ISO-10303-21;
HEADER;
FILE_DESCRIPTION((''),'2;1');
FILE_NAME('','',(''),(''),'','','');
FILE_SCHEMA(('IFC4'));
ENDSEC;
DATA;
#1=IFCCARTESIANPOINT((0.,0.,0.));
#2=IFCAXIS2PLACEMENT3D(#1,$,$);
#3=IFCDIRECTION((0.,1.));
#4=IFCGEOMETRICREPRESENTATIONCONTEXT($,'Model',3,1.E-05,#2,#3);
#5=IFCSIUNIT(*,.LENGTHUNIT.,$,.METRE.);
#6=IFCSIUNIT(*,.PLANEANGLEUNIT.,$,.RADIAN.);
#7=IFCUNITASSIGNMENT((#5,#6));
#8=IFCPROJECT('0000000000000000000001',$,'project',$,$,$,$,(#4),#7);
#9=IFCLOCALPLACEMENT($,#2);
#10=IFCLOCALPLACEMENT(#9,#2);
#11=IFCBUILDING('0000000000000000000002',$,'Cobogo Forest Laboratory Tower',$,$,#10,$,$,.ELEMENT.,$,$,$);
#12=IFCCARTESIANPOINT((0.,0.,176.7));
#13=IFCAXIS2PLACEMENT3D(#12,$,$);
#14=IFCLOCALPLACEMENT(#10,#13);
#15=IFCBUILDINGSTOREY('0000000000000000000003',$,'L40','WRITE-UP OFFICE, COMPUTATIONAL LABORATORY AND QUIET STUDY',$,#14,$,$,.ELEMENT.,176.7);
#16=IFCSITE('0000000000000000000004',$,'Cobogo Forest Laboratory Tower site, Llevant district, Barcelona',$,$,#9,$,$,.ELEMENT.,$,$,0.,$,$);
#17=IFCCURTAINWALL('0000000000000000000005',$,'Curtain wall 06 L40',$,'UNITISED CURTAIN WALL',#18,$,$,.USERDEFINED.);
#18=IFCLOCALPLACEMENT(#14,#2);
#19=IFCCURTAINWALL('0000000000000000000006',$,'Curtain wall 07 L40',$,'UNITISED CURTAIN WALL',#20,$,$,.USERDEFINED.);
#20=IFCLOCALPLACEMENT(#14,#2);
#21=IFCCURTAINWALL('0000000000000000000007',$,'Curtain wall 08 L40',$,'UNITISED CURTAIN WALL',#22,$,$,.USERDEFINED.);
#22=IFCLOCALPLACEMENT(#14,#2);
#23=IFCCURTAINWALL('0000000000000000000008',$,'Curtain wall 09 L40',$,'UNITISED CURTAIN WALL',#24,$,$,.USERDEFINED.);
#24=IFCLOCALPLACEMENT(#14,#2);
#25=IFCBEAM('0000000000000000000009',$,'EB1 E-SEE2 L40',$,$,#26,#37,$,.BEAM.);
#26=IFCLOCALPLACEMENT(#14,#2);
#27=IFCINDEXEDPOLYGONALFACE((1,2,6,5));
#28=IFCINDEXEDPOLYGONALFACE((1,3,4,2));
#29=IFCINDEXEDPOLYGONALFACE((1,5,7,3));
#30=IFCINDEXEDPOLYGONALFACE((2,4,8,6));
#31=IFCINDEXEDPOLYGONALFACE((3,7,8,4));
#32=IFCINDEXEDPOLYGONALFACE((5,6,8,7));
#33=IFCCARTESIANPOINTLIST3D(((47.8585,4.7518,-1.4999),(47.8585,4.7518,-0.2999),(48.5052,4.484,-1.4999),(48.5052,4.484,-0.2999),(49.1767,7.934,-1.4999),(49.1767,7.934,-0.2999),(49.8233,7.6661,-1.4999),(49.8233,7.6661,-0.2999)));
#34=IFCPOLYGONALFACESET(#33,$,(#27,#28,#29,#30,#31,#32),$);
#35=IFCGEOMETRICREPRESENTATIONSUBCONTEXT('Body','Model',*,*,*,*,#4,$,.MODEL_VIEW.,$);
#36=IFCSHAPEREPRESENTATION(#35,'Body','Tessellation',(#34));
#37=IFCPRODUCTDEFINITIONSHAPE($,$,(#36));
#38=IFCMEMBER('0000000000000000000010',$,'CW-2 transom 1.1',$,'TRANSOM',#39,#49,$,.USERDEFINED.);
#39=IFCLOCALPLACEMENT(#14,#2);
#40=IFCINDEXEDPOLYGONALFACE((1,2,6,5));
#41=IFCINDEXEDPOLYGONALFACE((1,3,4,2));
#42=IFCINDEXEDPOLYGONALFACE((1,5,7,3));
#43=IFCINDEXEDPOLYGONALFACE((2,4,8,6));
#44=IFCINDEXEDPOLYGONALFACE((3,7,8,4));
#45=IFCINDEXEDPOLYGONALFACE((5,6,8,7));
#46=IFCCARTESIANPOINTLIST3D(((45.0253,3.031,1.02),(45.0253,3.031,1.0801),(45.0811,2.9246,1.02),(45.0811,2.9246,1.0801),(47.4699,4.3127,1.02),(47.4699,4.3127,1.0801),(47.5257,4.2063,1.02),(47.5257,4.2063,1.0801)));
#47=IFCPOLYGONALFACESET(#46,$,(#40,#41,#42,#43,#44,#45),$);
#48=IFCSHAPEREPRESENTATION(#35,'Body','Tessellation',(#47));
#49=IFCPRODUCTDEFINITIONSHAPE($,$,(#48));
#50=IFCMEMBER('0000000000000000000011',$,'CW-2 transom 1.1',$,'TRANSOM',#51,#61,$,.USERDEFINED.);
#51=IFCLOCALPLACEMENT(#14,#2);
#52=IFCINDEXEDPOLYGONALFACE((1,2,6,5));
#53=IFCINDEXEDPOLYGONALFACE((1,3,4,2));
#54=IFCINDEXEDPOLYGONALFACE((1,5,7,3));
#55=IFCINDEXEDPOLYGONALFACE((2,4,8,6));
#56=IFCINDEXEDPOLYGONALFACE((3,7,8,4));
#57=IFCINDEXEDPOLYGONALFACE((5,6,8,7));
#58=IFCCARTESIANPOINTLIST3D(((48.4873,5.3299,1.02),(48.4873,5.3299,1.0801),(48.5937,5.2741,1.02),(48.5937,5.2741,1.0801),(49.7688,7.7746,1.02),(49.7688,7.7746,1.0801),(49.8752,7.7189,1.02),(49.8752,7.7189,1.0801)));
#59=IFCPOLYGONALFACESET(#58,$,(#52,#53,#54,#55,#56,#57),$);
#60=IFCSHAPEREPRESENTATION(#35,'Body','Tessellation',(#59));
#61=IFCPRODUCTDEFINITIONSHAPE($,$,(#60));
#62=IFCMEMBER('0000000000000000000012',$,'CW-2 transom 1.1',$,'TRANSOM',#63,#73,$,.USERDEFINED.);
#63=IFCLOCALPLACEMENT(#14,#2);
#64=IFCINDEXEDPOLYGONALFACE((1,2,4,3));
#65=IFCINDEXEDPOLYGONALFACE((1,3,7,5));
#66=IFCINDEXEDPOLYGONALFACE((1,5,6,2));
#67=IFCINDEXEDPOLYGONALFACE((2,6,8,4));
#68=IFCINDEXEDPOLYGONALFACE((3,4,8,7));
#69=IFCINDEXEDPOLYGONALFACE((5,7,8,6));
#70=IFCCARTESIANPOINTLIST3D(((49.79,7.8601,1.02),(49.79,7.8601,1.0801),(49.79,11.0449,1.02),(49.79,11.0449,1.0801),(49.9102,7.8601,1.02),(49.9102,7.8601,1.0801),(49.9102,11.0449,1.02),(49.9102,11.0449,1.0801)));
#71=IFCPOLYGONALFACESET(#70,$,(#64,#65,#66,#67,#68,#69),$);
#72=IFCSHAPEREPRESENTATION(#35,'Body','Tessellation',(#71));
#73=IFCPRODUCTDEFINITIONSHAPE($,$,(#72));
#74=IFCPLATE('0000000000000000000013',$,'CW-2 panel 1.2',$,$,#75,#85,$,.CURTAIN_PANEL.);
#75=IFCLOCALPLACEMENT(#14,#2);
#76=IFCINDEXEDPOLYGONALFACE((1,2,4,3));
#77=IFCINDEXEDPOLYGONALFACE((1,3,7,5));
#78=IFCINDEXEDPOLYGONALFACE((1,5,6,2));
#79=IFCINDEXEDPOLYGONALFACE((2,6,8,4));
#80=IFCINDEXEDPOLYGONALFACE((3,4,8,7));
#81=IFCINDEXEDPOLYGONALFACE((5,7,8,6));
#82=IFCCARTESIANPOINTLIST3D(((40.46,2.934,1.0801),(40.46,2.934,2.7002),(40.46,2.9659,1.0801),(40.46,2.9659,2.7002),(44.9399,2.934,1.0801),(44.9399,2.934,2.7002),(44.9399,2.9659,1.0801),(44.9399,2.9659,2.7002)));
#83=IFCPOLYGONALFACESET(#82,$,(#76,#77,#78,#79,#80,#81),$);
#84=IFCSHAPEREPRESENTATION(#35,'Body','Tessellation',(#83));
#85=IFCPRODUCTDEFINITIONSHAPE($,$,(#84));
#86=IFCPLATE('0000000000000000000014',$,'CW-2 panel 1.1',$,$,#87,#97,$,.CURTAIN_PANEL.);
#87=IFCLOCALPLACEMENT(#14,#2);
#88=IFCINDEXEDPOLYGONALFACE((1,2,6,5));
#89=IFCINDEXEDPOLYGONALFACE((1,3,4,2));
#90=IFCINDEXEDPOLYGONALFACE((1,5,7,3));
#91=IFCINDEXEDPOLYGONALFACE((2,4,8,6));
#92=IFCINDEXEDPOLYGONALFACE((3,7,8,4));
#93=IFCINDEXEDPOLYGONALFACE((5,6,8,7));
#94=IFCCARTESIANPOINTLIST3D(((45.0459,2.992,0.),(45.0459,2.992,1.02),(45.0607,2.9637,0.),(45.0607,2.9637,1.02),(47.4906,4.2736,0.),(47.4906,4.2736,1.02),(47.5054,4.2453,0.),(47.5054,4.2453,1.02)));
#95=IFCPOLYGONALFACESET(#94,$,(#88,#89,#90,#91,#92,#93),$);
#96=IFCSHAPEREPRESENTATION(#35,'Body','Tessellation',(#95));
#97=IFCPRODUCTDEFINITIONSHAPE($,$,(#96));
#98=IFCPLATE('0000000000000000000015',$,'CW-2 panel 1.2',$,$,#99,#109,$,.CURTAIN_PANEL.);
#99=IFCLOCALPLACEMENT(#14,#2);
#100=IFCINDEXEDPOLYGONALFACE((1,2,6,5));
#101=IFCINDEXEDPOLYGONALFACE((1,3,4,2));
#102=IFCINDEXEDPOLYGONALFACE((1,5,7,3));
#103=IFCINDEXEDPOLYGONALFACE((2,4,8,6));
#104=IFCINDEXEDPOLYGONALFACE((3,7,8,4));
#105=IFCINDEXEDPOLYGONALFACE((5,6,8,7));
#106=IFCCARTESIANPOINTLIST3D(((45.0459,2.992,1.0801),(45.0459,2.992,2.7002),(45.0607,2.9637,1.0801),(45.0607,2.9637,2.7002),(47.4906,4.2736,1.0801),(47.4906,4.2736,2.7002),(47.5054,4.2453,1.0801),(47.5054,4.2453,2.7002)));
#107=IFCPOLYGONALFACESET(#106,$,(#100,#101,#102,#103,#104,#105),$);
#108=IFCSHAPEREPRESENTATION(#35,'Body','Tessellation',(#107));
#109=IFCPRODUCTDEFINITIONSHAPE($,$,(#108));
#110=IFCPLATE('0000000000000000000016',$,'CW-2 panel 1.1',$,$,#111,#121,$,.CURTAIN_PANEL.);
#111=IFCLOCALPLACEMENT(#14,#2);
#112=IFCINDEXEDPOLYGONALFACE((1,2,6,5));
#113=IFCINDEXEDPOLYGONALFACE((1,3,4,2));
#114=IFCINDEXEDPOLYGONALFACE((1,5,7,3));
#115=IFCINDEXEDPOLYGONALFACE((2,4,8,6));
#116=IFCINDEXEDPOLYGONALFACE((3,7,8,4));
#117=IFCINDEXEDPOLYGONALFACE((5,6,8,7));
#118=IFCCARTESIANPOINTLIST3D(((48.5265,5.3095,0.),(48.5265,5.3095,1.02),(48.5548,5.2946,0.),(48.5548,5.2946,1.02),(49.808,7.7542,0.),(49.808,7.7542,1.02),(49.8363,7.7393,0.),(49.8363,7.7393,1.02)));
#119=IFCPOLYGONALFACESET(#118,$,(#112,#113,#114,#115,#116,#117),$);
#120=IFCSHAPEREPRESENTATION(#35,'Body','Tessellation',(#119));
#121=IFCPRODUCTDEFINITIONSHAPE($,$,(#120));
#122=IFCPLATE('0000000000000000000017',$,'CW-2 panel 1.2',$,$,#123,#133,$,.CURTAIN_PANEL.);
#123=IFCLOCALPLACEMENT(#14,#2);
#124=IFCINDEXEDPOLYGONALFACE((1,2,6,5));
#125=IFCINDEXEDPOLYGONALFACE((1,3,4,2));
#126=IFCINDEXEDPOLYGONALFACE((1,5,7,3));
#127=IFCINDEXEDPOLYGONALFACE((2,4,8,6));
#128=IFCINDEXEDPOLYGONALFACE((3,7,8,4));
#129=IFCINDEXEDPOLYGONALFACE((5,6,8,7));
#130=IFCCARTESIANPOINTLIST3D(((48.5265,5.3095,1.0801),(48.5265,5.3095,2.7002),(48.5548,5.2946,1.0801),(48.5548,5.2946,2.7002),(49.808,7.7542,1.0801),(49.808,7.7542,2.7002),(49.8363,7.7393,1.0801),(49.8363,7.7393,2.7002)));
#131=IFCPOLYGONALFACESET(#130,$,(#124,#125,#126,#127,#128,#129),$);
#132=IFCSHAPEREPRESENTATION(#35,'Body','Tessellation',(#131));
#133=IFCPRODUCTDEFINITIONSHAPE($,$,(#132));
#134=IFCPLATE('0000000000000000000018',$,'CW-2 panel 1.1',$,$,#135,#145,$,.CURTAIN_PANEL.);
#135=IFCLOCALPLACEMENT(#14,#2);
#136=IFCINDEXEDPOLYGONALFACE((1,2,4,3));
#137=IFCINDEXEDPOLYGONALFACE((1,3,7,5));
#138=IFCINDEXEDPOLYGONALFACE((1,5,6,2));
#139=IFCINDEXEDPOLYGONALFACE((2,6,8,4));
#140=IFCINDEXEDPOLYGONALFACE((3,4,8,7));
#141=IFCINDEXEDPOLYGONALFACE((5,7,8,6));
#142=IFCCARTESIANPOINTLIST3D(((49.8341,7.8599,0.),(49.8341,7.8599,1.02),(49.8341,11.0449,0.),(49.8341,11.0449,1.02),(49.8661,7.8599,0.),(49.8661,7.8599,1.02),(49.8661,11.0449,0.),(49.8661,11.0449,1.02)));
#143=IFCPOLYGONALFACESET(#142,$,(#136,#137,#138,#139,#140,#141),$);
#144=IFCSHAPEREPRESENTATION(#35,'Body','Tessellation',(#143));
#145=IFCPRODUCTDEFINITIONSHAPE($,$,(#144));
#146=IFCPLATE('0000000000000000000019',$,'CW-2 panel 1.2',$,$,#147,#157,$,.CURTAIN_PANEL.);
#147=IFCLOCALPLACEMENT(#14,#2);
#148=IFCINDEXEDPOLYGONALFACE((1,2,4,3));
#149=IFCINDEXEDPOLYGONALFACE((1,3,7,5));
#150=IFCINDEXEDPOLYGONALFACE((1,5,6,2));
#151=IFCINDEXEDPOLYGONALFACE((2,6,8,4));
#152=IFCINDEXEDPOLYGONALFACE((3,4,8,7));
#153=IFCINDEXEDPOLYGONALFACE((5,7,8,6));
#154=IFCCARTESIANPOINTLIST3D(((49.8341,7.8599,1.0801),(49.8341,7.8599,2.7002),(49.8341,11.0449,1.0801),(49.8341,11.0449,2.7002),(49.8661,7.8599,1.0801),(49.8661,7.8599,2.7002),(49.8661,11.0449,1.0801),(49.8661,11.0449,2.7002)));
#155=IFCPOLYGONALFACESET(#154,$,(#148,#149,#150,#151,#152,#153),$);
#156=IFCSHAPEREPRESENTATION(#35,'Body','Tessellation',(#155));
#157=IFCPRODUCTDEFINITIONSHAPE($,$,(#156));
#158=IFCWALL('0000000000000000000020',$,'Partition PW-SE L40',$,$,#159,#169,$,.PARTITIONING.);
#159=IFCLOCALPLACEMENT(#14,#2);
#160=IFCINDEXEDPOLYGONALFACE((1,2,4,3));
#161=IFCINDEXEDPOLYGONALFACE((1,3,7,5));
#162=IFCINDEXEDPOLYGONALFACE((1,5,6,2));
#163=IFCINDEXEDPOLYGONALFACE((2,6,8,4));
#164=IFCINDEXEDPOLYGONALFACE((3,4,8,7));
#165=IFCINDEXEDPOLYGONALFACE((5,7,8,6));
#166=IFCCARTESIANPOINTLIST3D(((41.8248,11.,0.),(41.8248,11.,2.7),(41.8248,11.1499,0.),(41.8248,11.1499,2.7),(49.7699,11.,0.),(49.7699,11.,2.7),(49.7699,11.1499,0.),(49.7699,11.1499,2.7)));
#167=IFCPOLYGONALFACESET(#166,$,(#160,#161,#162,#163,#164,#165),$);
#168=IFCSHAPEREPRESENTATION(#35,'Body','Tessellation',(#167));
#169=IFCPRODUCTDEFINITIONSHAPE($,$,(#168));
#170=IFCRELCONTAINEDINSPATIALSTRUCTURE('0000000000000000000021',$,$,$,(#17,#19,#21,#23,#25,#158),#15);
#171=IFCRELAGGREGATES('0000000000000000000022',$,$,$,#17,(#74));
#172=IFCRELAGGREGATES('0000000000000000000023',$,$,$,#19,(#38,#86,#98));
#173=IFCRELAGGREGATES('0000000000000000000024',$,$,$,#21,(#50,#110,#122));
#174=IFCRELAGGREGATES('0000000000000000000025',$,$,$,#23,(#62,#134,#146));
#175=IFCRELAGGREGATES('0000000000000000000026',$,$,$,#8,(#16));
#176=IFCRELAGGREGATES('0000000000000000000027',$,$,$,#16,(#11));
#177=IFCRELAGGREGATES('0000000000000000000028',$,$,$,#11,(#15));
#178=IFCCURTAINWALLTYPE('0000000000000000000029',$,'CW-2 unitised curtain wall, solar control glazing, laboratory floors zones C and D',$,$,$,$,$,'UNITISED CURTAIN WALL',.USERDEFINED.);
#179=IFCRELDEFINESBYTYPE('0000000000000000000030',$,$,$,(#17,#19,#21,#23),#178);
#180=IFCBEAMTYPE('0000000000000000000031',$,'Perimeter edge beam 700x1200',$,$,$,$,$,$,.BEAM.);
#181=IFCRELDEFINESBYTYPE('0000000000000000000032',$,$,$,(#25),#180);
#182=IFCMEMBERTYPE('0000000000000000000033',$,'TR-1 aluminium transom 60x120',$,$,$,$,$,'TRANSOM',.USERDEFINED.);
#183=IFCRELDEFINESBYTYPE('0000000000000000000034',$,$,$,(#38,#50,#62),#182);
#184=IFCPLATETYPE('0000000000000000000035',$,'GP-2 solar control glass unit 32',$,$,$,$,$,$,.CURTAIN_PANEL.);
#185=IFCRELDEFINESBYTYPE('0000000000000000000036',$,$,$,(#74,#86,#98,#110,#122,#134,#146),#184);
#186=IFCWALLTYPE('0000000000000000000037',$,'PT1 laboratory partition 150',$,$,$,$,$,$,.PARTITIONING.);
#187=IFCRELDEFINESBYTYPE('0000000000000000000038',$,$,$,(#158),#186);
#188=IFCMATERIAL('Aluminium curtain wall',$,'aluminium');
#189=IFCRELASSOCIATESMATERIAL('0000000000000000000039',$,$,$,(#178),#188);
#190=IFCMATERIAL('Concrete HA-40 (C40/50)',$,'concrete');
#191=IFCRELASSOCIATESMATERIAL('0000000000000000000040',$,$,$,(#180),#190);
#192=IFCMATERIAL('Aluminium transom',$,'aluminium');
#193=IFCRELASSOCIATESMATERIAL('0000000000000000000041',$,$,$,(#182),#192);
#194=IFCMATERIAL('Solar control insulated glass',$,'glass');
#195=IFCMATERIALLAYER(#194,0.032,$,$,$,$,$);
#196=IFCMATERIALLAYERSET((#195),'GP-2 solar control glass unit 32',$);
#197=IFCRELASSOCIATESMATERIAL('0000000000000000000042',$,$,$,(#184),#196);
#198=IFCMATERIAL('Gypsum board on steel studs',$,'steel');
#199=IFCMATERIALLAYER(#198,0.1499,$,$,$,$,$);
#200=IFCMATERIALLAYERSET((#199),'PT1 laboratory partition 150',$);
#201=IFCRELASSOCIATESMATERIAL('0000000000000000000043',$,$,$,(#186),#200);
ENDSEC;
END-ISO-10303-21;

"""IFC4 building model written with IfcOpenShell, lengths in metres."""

from ifc_helpers import new_model, si_unit, direction, frame, frame_2d, origin, origin_2d, place, context, subcontext, project, spatial, rectangle, extrude, material, layer, layer_set, material_profile, profile_set, type_object, element, aggregate, save


model = new_model("IFC4")

# Units and contexts
model_context = context("Model", 3, precision=1e-05, world=origin(), true_north=direction((0.0, 1.0)))
body_context = subcontext(model_context, "Body", "Model", "MODEL_VIEW")
ifc_project = project(units=[si_unit("LENGTHUNIT", "METRE"), si_unit("PLANEANGLEUNIT", "RADIAN")], contexts=[model_context])

# Site, building, storey
site_placement = place(None, origin())
site = spatial("IfcSite", under=ifc_project, at=site_placement, Name="Cobogo Forest Laboratory Tower site, Llevant district, Barcelona", CompositionType="ELEMENT", RefElevation=0.0)
building_placement = place(site_placement, origin())
building = spatial("IfcBuilding", under=site, at=building_placement, Name="Cobogo Forest Laboratory Tower", CompositionType="ELEMENT")
storey_placement = place(building_placement, frame((0.0, 0.0, 176.7)))
storey = spatial("IfcBuildingStorey", under=building, at=storey_placement, Name="L40", Description="WRITE-UP OFFICE, COMPUTATIONAL LABORATORY AND QUIET STUDY", CompositionType="ELEMENT", Elevation=176.7)

# Shared definitions
ifc_material_1 = material(Name="Concrete HA-40 (C40/50)", Category="concrete")

# Curtain wall
ifc_material_2 = material(Name="Aluminium curtain wall", Category="aluminium")
curtain_wall_type = type_object("IfcCurtainWallType", Name="CW-2 unitised curtain wall, solar control glazing, laboratory floors zones C and D", ElementType="UNITISED CURTAIN WALL", PredefinedType="USERDEFINED", material=ifc_material_2)
curtain_wall_1_placement = place(storey_placement, origin())
curtain_wall_1 = element("IfcCurtainWall", 1, at=curtain_wall_1_placement, inside=storey, type_object=curtain_wall_type, Name="Curtain wall 06 L40", ObjectType="UNITISED CURTAIN WALL", PredefinedType="USERDEFINED")

# Curtain walls
curtain_wall_2_placement = place(storey_placement, origin())
curtain_wall_2 = element("IfcCurtainWall", 2, at=curtain_wall_2_placement, inside=storey, type_object=curtain_wall_type, Name="Curtain wall 07 L40", ObjectType="UNITISED CURTAIN WALL", PredefinedType="USERDEFINED")
curtain_wall_3_placement = place(storey_placement, origin())
curtain_wall_3 = element("IfcCurtainWall", 3, at=curtain_wall_3_placement, inside=storey, type_object=curtain_wall_type, Name="Curtain wall 08 L40", ObjectType="UNITISED CURTAIN WALL", PredefinedType="USERDEFINED")
curtain_wall_4_placement = place(storey_placement, origin())
curtain_wall_4 = element("IfcCurtainWall", 4, at=curtain_wall_4_placement, inside=storey, type_object=curtain_wall_type, Name="Curtain wall 09 L40", ObjectType="UNITISED CURTAIN WALL", PredefinedType="USERDEFINED")

# Beam
ifc_material_profile_1 = material_profile(ifc_material_1, rectangle(XDim=0.7, YDim=1.2, at=origin_2d()), Name="RC 700x1200")
ifc_profile_set_1 = profile_set([ifc_material_profile_1], Name="Concrete HA-40 (C40/50)")
beam_type_1 = type_object("IfcBeamType", Name="Perimeter edge beam 700x1200", PredefinedType="BEAM", material=ifc_profile_set_1)
beam_1_placement = place(storey_placement, frame((49.5, 7.8, -0.8999), z_axis=(-0.382692, -0.923876, 0.0), x_axis=(0.923876, -0.382692, 0.0)))
element("IfcBeam", 5, at=beam_1_placement, inside=storey, type_object=beam_type_1, Name="EB1 E-SEE2 L40", PredefinedType="BEAM", context=body_context, shape_type="SweptSolid", body=[
    extrude(rectangle(XDim=0.7, YDim=1.2, at=origin_2d()), origin(), (0.0, 0.0, 1.0), 3.4443),
])

# Members
ifc_material_3 = material(Name="Aluminium transom", Category="aluminium")
ifc_material_profile_2 = material_profile(ifc_material_3, rectangle(XDim=0.1201, YDim=0.0601, at=origin_2d()), Name="AL 60x120")
ifc_profile_set_2 = profile_set([ifc_material_profile_2], Name="Aluminium transom")
member_type_1 = type_object("IfcMemberType", Name="TR-1 aluminium transom 60x120", ElementType="TRANSOM", PredefinedType="USERDEFINED", material=ifc_profile_set_2)
member_1_placement = place(storey_placement, frame((45.0532, 2.9778, 1.05), z_axis=(0.885646, 0.464361, 0.0), x_axis=(-0.464361, 0.885646, 0.0)))
member_1 = element("IfcMember", 6, at=member_1_placement, type_object=member_type_1, Name="CW-2 transom 1.1", ObjectType="TRANSOM", PredefinedType="USERDEFINED", context=body_context, shape_type="SweptSolid", body=[
    extrude(rectangle(XDim=0.1201, YDim=0.0601, at=origin_2d()), origin(), (0.0, 0.0, 1.0), 2.7603),
])
member_2_placement = place(storey_placement, frame((48.5405, 5.302, 1.05), z_axis=(0.464255, 0.885702, 0.0), x_axis=(-0.885702, 0.464255, 0.0)))
member_2 = element("IfcMember", 7, at=member_2_placement, type_object=member_type_1, Name="CW-2 transom 1.1", ObjectType="TRANSOM", PredefinedType="USERDEFINED", context=body_context, shape_type="SweptSolid", body=[
    extrude(rectangle(XDim=0.1201, YDim=0.0601, at=origin_2d()), origin(), (0.0, 0.0, 1.0), 2.7603),
])
member_3_placement = place(storey_placement, frame((49.8501, 7.8601, 1.05), z_axis=(0.0, 1.0, 0.0), x_axis=(-1.0, 0.0, 0.0)))
member_3 = element("IfcMember", 8, at=member_3_placement, type_object=member_type_1, Name="CW-2 transom 1.1", ObjectType="TRANSOM", PredefinedType="USERDEFINED", context=body_context, shape_type="SweptSolid", body=[
    extrude(rectangle(XDim=0.1201, YDim=0.0601, at=origin_2d()), origin(), (0.0, 0.0, 1.0), 3.1848),
])

# Plates
ifc_material_4 = material(Name="Solar control insulated glass", Category="glass")
ifc_layer_1 = layer(ifc_material_4, 0.032)
ifc_layer_set_1 = layer_set([ifc_layer_1], Name="GP-2 solar control glass unit 32")
plate_type = type_object("IfcPlateType", Name="GP-2 solar control glass unit 32", PredefinedType="CURTAIN_PANEL", material=ifc_layer_set_1)
plate_1_placement = place(storey_placement, frame((42.7, 2.95, 1.0801), z_axis=(0.0, 0.0, 1.0), x_axis=(1.0, 0.0, 0.0)))
plate_1 = element("IfcPlate", 9, at=plate_1_placement, type_object=plate_type, Name="CW-2 panel 1.2", PredefinedType="CURTAIN_PANEL", context=body_context, shape_type="SweptSolid", body=[
    extrude(rectangle(XDim=4.48, YDim=0.032, at=origin_2d()), origin(), (0.0, 0.0, 1.0), 1.6201),
])
aggregate(curtain_wall_1, [plate_1])
plate_2_placement = place(storey_placement, frame((46.2756, 3.6187, 0.0), z_axis=(0.0, 0.0, 1.0), x_axis=(0.885686, 0.464284, 0.0)))
plate_2 = element("IfcPlate", 10, at=plate_2_placement, type_object=plate_type, Name="CW-2 panel 1.1", PredefinedType="CURTAIN_PANEL", context=body_context, shape_type="SweptSolid", body=[
    extrude(rectangle(XDim=2.7603, YDim=0.032, at=origin_2d()), origin(), (0.0, 0.0, 1.0), 1.02),
])
plate_3_placement = place(storey_placement, frame((46.2756, 3.6187, 1.0801), z_axis=(0.0, 0.0, 1.0), x_axis=(0.885686, 0.464284, 0.0)))
plate_3 = element("IfcPlate", 11, at=plate_3_placement, type_object=plate_type, Name="CW-2 panel 1.2", PredefinedType="CURTAIN_PANEL", context=body_context, shape_type="SweptSolid", body=[
    extrude(rectangle(XDim=2.7603, YDim=0.032, at=origin_2d()), origin(), (0.0, 0.0, 1.0), 1.6201),
])
aggregate(curtain_wall_2, [member_1, plate_2, plate_3])
plate_4_placement = place(storey_placement, frame((49.1814, 6.5244, 0.0), z_axis=(0.0, 0.0, 1.0), x_axis=(0.464284, 0.885686, 0.0)))
plate_4 = element("IfcPlate", 12, at=plate_4_placement, type_object=plate_type, Name="CW-2 panel 1.1", PredefinedType="CURTAIN_PANEL", context=body_context, shape_type="SweptSolid", body=[
    extrude(rectangle(XDim=2.7603, YDim=0.032, at=origin_2d()), origin(), (0.0, 0.0, 1.0), 1.02),
])
plate_5_placement = place(storey_placement, frame((49.1814, 6.5244, 1.0801), z_axis=(0.0, 0.0, 1.0), x_axis=(0.464284, 0.885686, 0.0)))
plate_5 = element("IfcPlate", 13, at=plate_5_placement, type_object=plate_type, Name="CW-2 panel 1.2", PredefinedType="CURTAIN_PANEL", context=body_context, shape_type="SweptSolid", body=[
    extrude(rectangle(XDim=2.7603, YDim=0.032, at=origin_2d()), origin(), (0.0, 0.0, 1.0), 1.6201),
])
aggregate(curtain_wall_3, [member_2, plate_4, plate_5])
plate_6_placement = place(storey_placement, frame((49.8501, 9.4524, 0.0), z_axis=(0.0, 0.0, 1.0), x_axis=(0.0, 1.0, 0.0)))
plate_6 = element("IfcPlate", 14, at=plate_6_placement, type_object=plate_type, Name="CW-2 panel 1.1", PredefinedType="CURTAIN_PANEL", context=body_context, shape_type="SweptSolid", body=[
    extrude(rectangle(XDim=3.1851, YDim=0.032, at=origin_2d()), origin(), (0.0, 0.0, 1.0), 1.02),
])
plate_7_placement = place(storey_placement, frame((49.8501, 9.4524, 1.0801), z_axis=(0.0, 0.0, 1.0), x_axis=(0.0, 1.0, 0.0)))
plate_7 = element("IfcPlate", 15, at=plate_7_placement, type_object=plate_type, Name="CW-2 panel 1.2", PredefinedType="CURTAIN_PANEL", context=body_context, shape_type="SweptSolid", body=[
    extrude(rectangle(XDim=3.1851, YDim=0.032, at=origin_2d()), origin(), (0.0, 0.0, 1.0), 1.6201),
])
aggregate(curtain_wall_4, [member_3, plate_6, plate_7])

# Wall
ifc_material_5 = material(Name="Gypsum board on steel studs", Category="steel")
ifc_layer_2 = layer(ifc_material_5, 0.1499)
ifc_layer_set_2 = layer_set([ifc_layer_2], Name="PT1 laboratory partition 150")
wall_type = type_object("IfcWallType", Name="PT1 laboratory partition 150", PredefinedType="PARTITIONING", material=ifc_layer_set_2)
wall_placement = place(storey_placement, frame((49.77, 11.075, 0.0), z_axis=(0.0, 0.0, 1.0), x_axis=(-1.0, 0.0, 0.0)))
element("IfcWall", 16, at=wall_placement, inside=storey, type_object=wall_type, Name="Partition PW-SE L40", PredefinedType="PARTITIONING", context=body_context, shape_type="SweptSolid", body=[
    extrude(rectangle(XDim=7.9451, YDim=0.1499, at=frame_2d((3.9727, 0.0))), origin(), (0.0, 0.0, 1.0), 2.7),
])

save(model, "model.ifc")
